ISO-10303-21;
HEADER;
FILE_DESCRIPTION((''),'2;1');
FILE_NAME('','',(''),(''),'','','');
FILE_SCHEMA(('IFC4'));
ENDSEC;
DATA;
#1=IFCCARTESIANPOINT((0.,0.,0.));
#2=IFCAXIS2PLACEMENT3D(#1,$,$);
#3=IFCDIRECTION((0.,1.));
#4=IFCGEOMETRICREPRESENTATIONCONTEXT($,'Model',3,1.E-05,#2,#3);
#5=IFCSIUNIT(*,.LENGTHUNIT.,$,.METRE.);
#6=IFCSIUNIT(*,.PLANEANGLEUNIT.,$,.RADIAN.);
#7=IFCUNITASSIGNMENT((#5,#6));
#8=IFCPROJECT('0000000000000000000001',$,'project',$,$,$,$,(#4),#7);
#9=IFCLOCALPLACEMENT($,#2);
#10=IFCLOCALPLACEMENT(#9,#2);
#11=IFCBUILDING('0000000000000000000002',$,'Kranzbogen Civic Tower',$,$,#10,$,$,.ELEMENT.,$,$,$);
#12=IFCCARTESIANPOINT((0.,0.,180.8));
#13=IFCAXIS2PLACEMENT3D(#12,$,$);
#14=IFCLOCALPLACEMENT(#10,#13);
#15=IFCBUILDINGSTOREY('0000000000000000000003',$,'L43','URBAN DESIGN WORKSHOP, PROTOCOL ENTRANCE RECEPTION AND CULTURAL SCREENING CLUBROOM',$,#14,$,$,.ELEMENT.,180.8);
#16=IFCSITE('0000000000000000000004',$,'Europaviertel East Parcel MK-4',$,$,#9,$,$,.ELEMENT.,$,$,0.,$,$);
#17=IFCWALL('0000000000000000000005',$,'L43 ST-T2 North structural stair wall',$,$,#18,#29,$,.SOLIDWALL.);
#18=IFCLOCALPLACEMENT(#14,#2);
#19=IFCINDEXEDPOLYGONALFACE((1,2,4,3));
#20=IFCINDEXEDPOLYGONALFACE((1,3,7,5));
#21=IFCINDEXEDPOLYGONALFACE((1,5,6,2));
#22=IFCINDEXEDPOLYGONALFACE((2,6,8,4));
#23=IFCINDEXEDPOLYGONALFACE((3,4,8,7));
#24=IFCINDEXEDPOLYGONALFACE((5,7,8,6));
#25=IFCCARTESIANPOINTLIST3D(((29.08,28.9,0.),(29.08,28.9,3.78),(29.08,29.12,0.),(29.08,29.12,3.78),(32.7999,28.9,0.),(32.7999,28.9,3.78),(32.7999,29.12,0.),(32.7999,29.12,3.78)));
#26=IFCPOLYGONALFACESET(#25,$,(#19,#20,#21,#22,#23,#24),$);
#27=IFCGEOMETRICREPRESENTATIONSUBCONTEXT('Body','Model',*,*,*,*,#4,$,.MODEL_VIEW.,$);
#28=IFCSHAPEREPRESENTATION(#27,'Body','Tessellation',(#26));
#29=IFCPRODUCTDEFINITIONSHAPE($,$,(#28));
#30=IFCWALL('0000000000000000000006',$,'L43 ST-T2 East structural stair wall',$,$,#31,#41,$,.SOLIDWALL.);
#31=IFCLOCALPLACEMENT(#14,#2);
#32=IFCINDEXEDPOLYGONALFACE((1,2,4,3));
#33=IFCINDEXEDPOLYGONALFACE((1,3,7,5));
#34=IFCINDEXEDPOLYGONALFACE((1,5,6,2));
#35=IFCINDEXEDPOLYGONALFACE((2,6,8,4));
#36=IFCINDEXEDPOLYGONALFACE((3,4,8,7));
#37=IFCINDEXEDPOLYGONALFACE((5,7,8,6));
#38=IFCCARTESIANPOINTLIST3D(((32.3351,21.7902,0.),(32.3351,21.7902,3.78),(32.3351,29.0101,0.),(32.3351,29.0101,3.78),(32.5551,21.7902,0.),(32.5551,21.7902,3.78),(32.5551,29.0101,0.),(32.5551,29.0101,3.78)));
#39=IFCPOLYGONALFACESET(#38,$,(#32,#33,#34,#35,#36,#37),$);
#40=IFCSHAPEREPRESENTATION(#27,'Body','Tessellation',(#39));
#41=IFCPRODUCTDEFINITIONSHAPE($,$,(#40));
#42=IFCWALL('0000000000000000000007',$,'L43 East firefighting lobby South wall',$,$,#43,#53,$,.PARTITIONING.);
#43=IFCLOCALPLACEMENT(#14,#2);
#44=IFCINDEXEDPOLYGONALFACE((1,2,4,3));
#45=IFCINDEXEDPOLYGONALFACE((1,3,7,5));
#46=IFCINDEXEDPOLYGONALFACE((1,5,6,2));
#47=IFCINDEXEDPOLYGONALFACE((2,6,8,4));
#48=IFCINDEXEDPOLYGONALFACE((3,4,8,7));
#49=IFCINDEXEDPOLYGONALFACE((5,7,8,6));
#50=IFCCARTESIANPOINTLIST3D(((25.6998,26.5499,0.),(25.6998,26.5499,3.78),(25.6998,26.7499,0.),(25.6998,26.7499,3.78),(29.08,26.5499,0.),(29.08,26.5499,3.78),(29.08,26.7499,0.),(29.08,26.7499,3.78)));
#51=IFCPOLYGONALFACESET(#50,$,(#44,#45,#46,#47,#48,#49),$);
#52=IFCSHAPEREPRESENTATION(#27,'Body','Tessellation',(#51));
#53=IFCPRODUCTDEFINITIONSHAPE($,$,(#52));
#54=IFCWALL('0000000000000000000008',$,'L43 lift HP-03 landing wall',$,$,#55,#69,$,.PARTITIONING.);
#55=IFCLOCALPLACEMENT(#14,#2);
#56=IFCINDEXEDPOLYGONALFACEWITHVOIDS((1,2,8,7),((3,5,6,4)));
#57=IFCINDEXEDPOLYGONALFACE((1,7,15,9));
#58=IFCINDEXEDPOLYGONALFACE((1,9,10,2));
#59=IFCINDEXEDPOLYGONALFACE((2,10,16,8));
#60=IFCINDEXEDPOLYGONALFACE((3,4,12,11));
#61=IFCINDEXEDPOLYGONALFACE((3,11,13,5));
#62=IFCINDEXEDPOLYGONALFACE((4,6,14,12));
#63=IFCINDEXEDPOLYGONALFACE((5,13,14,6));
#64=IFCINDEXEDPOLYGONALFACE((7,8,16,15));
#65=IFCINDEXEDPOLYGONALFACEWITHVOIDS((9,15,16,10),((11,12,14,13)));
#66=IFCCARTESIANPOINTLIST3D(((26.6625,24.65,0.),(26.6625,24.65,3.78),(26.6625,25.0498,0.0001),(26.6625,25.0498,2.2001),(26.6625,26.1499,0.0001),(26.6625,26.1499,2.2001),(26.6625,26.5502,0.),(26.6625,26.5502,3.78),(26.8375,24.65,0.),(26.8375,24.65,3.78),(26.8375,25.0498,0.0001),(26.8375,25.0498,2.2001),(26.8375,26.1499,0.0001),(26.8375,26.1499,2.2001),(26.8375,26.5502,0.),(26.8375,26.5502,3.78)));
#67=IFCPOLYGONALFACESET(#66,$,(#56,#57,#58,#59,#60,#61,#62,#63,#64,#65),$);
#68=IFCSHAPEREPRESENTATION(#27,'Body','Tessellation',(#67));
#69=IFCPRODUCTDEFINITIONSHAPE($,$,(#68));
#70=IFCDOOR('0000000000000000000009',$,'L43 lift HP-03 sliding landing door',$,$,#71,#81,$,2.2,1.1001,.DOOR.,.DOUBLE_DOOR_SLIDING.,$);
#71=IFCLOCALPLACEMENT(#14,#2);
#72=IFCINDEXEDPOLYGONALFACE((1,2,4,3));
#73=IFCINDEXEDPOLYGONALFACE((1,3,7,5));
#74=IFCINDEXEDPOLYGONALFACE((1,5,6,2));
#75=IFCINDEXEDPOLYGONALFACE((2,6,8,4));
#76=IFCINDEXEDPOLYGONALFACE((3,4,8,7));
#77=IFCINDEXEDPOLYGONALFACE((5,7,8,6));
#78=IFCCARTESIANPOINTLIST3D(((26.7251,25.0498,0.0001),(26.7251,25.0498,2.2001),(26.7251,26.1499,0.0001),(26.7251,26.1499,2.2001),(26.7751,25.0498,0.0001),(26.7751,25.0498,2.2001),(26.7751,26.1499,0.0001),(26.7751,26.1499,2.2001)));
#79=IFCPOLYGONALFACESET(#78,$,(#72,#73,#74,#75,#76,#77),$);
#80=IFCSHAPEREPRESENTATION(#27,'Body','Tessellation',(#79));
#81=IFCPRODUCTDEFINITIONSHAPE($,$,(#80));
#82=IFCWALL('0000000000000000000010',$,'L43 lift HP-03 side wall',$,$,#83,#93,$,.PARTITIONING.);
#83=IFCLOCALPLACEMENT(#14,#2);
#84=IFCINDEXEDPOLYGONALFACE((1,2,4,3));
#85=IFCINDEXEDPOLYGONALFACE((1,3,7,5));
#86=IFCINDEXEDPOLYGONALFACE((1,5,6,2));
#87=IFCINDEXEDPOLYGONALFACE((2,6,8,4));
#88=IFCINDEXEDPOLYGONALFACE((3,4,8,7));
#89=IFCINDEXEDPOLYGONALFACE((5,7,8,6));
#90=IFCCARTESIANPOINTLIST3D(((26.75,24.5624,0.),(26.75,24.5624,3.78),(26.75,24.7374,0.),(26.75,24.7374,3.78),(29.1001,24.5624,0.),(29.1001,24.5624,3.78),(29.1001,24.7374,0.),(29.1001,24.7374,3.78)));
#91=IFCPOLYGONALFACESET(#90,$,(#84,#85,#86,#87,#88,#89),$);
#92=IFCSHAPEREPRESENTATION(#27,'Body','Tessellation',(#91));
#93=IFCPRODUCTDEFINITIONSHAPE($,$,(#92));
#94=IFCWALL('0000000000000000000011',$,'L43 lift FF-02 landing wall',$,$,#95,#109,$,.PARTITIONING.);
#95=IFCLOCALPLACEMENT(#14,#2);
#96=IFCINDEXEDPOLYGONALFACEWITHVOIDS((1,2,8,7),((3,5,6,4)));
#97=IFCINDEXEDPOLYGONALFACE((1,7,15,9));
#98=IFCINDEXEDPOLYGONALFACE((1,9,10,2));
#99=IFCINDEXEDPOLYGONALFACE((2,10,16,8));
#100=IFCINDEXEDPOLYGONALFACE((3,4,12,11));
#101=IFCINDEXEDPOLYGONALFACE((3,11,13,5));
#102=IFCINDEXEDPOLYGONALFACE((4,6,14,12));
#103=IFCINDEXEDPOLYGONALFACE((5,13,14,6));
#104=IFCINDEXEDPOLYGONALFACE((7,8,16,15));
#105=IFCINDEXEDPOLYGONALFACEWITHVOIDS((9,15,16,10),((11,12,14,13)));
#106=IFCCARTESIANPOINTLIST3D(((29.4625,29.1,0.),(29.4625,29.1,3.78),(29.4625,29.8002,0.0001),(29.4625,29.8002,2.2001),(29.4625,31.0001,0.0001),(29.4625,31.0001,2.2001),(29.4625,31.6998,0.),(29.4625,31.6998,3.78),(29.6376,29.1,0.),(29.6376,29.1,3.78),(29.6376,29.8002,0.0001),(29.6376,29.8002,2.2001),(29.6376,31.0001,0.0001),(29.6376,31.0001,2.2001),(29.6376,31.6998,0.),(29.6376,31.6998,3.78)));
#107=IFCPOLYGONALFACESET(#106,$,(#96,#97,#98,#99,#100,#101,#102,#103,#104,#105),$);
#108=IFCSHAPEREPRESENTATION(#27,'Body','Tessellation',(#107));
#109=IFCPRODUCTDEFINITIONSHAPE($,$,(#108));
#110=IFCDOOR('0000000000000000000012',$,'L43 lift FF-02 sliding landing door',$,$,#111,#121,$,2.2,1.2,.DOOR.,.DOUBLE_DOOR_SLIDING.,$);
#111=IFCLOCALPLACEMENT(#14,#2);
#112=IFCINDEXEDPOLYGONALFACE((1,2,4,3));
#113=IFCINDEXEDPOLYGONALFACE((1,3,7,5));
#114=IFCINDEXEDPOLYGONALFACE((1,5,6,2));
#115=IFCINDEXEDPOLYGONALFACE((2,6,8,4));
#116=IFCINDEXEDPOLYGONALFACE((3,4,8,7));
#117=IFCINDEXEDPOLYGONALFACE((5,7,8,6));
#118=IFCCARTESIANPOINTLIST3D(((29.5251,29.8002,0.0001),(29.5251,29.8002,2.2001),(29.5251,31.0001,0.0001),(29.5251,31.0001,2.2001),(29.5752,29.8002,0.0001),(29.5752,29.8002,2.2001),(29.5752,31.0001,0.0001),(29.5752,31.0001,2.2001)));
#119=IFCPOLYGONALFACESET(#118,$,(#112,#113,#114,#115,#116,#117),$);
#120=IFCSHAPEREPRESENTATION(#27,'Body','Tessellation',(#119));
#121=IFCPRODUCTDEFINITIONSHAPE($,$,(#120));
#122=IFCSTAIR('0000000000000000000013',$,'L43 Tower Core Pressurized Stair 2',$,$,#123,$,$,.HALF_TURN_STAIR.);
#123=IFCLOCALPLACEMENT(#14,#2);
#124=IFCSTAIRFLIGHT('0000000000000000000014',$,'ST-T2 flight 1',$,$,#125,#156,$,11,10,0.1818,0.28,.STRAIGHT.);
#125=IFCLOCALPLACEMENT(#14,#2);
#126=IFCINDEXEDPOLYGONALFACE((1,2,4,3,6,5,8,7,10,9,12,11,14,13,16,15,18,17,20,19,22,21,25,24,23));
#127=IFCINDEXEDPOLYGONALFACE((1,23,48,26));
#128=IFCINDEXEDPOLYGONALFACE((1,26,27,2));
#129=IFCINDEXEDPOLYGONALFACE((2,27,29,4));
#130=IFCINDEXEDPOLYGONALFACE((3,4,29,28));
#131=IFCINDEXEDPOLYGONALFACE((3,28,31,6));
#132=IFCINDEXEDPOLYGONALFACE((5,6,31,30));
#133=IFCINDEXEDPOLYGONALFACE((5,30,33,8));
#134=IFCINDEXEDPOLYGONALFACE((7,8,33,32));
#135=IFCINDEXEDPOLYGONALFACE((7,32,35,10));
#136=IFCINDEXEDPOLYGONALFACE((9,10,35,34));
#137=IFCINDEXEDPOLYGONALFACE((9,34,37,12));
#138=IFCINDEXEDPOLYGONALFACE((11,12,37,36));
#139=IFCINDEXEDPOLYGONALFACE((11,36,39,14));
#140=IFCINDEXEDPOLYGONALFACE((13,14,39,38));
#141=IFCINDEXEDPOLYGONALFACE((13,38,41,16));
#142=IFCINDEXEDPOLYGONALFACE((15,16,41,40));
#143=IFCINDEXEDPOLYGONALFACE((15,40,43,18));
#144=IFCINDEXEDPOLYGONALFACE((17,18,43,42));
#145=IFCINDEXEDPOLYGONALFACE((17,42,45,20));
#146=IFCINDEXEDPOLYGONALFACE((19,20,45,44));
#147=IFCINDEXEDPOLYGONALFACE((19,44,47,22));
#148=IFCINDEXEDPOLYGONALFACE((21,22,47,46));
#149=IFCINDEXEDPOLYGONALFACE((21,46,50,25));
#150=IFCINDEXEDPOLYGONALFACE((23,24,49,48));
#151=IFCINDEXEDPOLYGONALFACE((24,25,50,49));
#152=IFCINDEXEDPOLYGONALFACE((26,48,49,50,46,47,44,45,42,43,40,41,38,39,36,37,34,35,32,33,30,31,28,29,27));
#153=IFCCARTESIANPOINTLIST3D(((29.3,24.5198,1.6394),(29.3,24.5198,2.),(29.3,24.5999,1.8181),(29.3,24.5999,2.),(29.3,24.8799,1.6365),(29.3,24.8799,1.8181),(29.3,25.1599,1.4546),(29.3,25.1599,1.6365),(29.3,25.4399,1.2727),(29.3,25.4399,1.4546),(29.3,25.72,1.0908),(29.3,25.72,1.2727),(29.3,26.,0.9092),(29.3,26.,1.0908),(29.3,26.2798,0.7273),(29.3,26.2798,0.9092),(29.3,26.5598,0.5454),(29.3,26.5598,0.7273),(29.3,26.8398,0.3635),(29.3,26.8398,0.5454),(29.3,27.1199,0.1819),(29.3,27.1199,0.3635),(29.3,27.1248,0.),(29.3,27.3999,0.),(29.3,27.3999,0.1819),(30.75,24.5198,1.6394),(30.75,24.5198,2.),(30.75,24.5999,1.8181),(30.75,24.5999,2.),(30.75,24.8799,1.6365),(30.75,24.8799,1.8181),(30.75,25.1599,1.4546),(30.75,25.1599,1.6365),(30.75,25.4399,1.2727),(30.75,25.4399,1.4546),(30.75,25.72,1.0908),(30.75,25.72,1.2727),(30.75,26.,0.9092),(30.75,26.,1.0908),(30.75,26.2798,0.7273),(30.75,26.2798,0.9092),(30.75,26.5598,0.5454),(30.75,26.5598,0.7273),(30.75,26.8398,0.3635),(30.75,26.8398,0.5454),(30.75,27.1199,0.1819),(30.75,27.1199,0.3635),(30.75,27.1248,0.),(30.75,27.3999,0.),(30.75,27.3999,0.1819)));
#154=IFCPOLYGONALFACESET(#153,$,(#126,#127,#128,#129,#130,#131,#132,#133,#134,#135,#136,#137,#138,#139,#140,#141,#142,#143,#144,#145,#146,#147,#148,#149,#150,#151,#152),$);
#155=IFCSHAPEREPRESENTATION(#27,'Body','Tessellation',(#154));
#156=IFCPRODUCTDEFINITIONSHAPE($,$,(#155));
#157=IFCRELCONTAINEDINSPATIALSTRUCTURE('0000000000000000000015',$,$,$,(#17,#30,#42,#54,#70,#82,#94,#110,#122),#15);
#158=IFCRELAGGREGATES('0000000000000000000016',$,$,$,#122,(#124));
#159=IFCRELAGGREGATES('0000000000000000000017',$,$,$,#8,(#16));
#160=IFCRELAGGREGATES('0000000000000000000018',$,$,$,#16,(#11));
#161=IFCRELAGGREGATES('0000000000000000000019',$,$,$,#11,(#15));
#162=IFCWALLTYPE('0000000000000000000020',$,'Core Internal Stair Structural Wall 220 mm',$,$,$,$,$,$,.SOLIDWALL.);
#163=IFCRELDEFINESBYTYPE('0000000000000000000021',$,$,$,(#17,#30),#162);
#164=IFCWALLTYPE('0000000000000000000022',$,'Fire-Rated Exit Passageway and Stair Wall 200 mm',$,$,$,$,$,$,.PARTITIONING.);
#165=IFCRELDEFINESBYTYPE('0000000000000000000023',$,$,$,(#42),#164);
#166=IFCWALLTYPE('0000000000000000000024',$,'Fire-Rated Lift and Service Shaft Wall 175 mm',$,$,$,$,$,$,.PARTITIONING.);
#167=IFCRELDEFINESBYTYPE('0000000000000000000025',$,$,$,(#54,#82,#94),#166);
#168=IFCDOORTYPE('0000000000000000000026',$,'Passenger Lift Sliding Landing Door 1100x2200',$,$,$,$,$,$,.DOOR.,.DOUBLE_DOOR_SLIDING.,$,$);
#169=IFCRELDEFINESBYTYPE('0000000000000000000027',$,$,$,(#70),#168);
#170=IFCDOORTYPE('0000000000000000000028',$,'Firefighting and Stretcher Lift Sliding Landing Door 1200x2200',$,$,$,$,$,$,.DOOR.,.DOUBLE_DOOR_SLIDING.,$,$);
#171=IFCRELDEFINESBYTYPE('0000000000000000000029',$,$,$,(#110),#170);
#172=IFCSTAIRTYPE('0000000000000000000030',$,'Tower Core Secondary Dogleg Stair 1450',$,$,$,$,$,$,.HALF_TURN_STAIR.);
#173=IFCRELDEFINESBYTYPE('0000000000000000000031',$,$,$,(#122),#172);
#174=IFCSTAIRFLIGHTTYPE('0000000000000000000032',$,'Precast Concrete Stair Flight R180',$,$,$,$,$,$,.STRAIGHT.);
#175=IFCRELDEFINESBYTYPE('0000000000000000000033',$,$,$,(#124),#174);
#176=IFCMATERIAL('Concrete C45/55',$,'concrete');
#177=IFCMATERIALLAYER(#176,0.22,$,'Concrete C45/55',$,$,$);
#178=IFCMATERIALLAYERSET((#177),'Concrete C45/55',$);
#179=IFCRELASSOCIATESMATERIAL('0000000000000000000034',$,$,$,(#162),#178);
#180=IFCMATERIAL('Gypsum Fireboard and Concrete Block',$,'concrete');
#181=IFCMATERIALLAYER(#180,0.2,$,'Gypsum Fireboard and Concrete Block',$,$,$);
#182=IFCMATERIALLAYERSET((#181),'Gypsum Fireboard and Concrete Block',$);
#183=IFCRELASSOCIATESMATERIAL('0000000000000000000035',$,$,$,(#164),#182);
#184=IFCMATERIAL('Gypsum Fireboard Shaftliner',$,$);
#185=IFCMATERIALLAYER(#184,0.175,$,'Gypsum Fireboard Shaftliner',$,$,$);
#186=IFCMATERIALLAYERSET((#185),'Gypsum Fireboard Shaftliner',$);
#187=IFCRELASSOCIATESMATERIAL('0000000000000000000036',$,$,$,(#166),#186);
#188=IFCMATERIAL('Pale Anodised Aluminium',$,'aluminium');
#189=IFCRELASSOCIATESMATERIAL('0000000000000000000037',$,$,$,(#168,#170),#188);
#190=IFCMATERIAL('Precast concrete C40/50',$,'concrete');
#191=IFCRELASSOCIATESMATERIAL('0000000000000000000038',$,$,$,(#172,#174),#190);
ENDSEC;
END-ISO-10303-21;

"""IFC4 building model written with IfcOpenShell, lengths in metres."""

from ifc_helpers import new_model, si_unit, direction, frame, frame_2d, origin, place, context, subcontext, project, spatial, polyline, rectangle, outline, extrude, material, layer, layer_set, type_object, element, fill, aggregate, save


model = new_model("IFC4")

# Units and contexts
model_context = context("Model", 3, precision=1e-05, world=origin(), true_north=direction((0.0, 1.0)))
body_context = subcontext(model_context, "Body", "Model", "MODEL_VIEW")
ifc_project = project(units=[si_unit("LENGTHUNIT", "METRE"), si_unit("PLANEANGLEUNIT", "RADIAN")], contexts=[model_context])

# Site, building, storey
site_placement = place(None, origin())
site = spatial("IfcSite", under=ifc_project, at=site_placement, Name="Europaviertel East Parcel MK-4", CompositionType="ELEMENT", RefElevation=0.0)
building_placement = place(site_placement, origin())
building = spatial("IfcBuilding", under=site, at=building_placement, Name="Kranzbogen Civic Tower", CompositionType="ELEMENT")
storey_placement = place(building_placement, frame((0.0, 0.0, 180.8)))
storey = spatial("IfcBuildingStorey", under=building, at=storey_placement, Name="L43", Description="URBAN DESIGN WORKSHOP, PROTOCOL ENTRANCE RECEPTION AND CULTURAL SCREENING CLUBROOM", CompositionType="ELEMENT", Elevation=180.8)

# Shared definitions
ifc_material_1 = material(Name="Pale Anodised Aluminium", Category="aluminium")

# Shared definitions
ifc_material_2 = material(Name="Concrete C45/55", Category="concrete")

# Walls
ifc_layer_1 = layer(ifc_material_2, 0.22, Name="Concrete C45/55")
ifc_layer_set_1 = layer_set([ifc_layer_1], Name="Concrete C45/55")
wall_type_1 = type_object("IfcWallType", Name="Core Internal Stair Structural Wall 220 mm", PredefinedType="SOLIDWALL", material=ifc_layer_set_1)
wall_1_placement = place(storey_placement, frame((29.0801, 29.01, 0.0), z_axis=(0.0, 0.0, 1.0), x_axis=(1.0, 0.0, 0.0)))
element("IfcWall", 1, at=wall_1_placement, inside=storey, type_object=wall_type_1, Name="L43 ST-T2 North structural stair wall", PredefinedType="SOLIDWALL", context=body_context, shape_type="SweptSolid", body=[
    extrude(rectangle(XDim=3.72, YDim=0.22, at=frame_2d((1.8599, 0.0))), origin(), (0.0, 0.0, 1.0), 3.78),
])
wall_2_placement = place(storey_placement, frame((32.4451, 29.01, 0.0), z_axis=(0.0, 0.0, 1.0), x_axis=(0.0, -1.0, 0.0)))
element("IfcWall", 2, at=wall_2_placement, inside=storey, type_object=wall_type_1, Name="L43 ST-T2 East structural stair wall", PredefinedType="SOLIDWALL", context=body_context, shape_type="SweptSolid", body=[
    extrude(rectangle(XDim=7.22, YDim=0.22, at=frame_2d((3.6099, 0.0))), origin(), (0.0, 0.0, 1.0), 3.78),
])
ifc_material_3 = material(Name="Gypsum Fireboard and Concrete Block", Category="concrete")
ifc_layer_2 = layer(ifc_material_3, 0.2, Name="Gypsum Fireboard and Concrete Block")
ifc_layer_set_2 = layer_set([ifc_layer_2], Name="Gypsum Fireboard and Concrete Block")
wall_type_2 = type_object("IfcWallType", Name="Fire-Rated Exit Passageway and Stair Wall 200 mm", PredefinedType="PARTITIONING", material=ifc_layer_set_2)
wall_3_placement = place(storey_placement, frame((25.7, 26.6499, 0.0), z_axis=(0.0, 0.0, 1.0), x_axis=(1.0, 0.0, 0.0)))
element("IfcWall", 3, at=wall_3_placement, inside=storey, type_object=wall_type_2, Name="L43 East firefighting lobby South wall", PredefinedType="PARTITIONING", context=body_context, shape_type="SweptSolid", body=[
    extrude(rectangle(XDim=3.3801, YDim=0.2, at=frame_2d((1.6899, 0.0))), origin(), (0.0, 0.0, 1.0), 3.78),
])

# Wall, opening, door
ifc_material_4 = material(Name="Gypsum Fireboard Shaftliner")
ifc_layer_3 = layer(ifc_material_4, 0.175, Name="Gypsum Fireboard Shaftliner")
ifc_layer_set_3 = layer_set([ifc_layer_3], Name="Gypsum Fireboard Shaftliner")
wall_type_3 = type_object("IfcWallType", Name="Fire-Rated Lift and Service Shaft Wall 175 mm", PredefinedType="PARTITIONING", material=ifc_layer_set_3)
wall_4_placement = place(storey_placement, frame((26.75, 24.6499, 0.0), z_axis=(0.0, 0.0, 1.0), x_axis=(0.0, 1.0, 0.0)))
wall_4 = element("IfcWall", 4, at=wall_4_placement, inside=storey, type_object=wall_type_3, Name="L43 lift HP-03 landing wall", PredefinedType="PARTITIONING", context=body_context, shape_type="SweptSolid", body=[
    extrude(rectangle(XDim=1.9001, YDim=0.175, at=frame_2d((0.9502, 0.0))), origin(), (0.0, 0.0, 1.0), 3.78),
])
opening_1_placement = place(wall_4_placement, frame((0.3999, 0.0, 0.0)))
opening_1 = element("IfcOpeningElement", 5, at=opening_1_placement, cuts=wall_4, PredefinedType="OPENING", context=body_context, shape_type="SweptSolid", body=[
    extrude(rectangle(XDim=1.1001, YDim=2.2, at=frame_2d((0.55, 1.1001))), frame((0.0, 0.0977, 0.0), z_axis=(0.0, -1.0, 0.0), x_axis=(1.0, 0.0, 0.0)), (0.0, 0.0, 1.0), 0.1951),
])
door_type_1 = type_object("IfcDoorType", Name="Passenger Lift Sliding Landing Door 1100x2200", OperationType="DOUBLE_DOOR_SLIDING", PredefinedType="DOOR", material=ifc_material_1)
door_1_placement = place(opening_1_placement, origin())
door_1 = element("IfcDoor", 6, at=door_1_placement, inside=storey, type_object=door_type_1, Name="L43 lift HP-03 sliding landing door", OperationType="DOUBLE_DOOR_SLIDING", OverallHeight=2.2, OverallWidth=1.1001, PredefinedType="DOOR", context=body_context, shape_type="SweptSolid", body=[
    extrude(rectangle(XDim=1.1001, YDim=2.2, at=frame_2d((0.55, 1.1001))), frame((0.0, 0.0249, 0.0), z_axis=(0.0, -1.0, 0.0), x_axis=(1.0, 0.0, 0.0)), (0.0, 0.0, 1.0), 0.05),
])
fill(opening_1, door_1)

# Wall
wall_5_placement = place(storey_placement, frame((26.75, 24.6499, 0.0), z_axis=(0.0, 0.0, 1.0), x_axis=(1.0, 0.0, 0.0)))
element("IfcWall", 7, at=wall_5_placement, inside=storey, type_object=wall_type_3, Name="L43 lift HP-03 side wall", PredefinedType="PARTITIONING", context=body_context, shape_type="SweptSolid", body=[
    extrude(rectangle(XDim=2.3501, YDim=0.175, at=frame_2d((1.175, 0.0))), origin(), (0.0, 0.0, 1.0), 3.78),
])

# Wall, opening, door
wall_6_placement = place(storey_placement, frame((29.55, 29.1001, 0.0), z_axis=(0.0, 0.0, 1.0), x_axis=(0.0, 1.0, 0.0)))
wall_6 = element("IfcWall", 8, at=wall_6_placement, inside=storey, type_object=wall_type_3, Name="L43 lift FF-02 landing wall", PredefinedType="PARTITIONING", context=body_context, shape_type="SweptSolid", body=[
    extrude(rectangle(XDim=2.5999, YDim=0.175, at=frame_2d((1.2998, 0.0))), origin(), (0.0, 0.0, 1.0), 3.78),
])
opening_2_placement = place(wall_6_placement, frame((0.7, 0.0, 0.0)))
opening_2 = element("IfcOpeningElement", 9, at=opening_2_placement, cuts=wall_6, PredefinedType="OPENING", context=body_context, shape_type="SweptSolid", body=[
    extrude(rectangle(XDim=1.2, YDim=2.2, at=frame_2d((0.6001, 1.1001))), frame((0.0, 0.0977, 0.0), z_axis=(0.0, -1.0, 0.0), x_axis=(1.0, 0.0, 0.0)), (0.0, 0.0, 1.0), 0.1951),
])
door_type_2 = type_object("IfcDoorType", Name="Firefighting and Stretcher Lift Sliding Landing Door 1200x2200", OperationType="DOUBLE_DOOR_SLIDING", PredefinedType="DOOR", material=ifc_material_1)
door_2_placement = place(opening_2_placement, origin())
door_2 = element("IfcDoor", 10, at=door_2_placement, inside=storey, type_object=door_type_2, Name="L43 lift FF-02 sliding landing door", OperationType="DOUBLE_DOOR_SLIDING", OverallHeight=2.2, OverallWidth=1.2, PredefinedType="DOOR", context=body_context, shape_type="SweptSolid", body=[
    extrude(rectangle(XDim=1.2, YDim=2.2, at=frame_2d((0.6001, 1.1001))), frame((0.0, 0.0249, 0.0), z_axis=(0.0, -1.0, 0.0), x_axis=(1.0, 0.0, 0.0)), (0.0, 0.0, 1.0), 0.05),
])
fill(opening_2, door_2)

# Stair, stair flight
ifc_material_5 = material(Name="Precast concrete C40/50", Category="concrete")
stair_type = type_object("IfcStairType", Name="Tower Core Secondary Dogleg Stair 1450", PredefinedType="HALF_TURN_STAIR", material=ifc_material_5)
stair_placement = place(storey_placement, origin())
stair = element("IfcStair", 11, at=stair_placement, inside=storey, type_object=stair_type, Name="L43 Tower Core Pressurized Stair 2", PredefinedType="HALF_TURN_STAIR")
stair_flight_type = type_object("IfcStairFlightType", Name="Precast Concrete Stair Flight R180", PredefinedType="STRAIGHT", material=ifc_material_5)
stair_flight_1_placement = place(storey_placement, frame((30.0249, 27.3999, 0.0), z_axis=(0.0, 0.0, 1.0), x_axis=(0.0, -1.0, 0.0)))
stair_flight_1 = element("IfcStairFlight", 12, at=stair_flight_1_placement, type_object=stair_flight_type, Name="ST-T2 flight 1", NumberOfRisers=11, NumberOfTreads=10, PredefinedType="STRAIGHT", RiserHeight=0.1818, TreadLength=0.28, context=body_context, shape_type="SweptSolid", body=[
    extrude(outline(polyline([(0.0, 0.0), (0.0, 0.1819), (0.28, 0.1819), (0.28, 0.3635), (0.5601, 0.3635), (0.5601, 0.5454), (0.8401, 0.5454), (0.8401, 0.7273), (1.1201, 0.7273), (1.1201, 0.9092), (1.3999, 0.9092), (1.3999, 1.0908), (1.6799, 1.0908), (1.6799, 1.2727), (1.96, 1.2727), (1.96, 1.4546), (2.24, 1.4546), (2.24, 1.6365), (2.52, 1.6365), (2.52, 1.8181), (2.8, 1.8181), (2.8, 2.0), (2.8801, 2.0), (2.8801, 1.6394), (0.2751, 0.0), (0.0, 0.0)])), frame((0.0, 0.7251, 0.0), z_axis=(0.0, -1.0, 0.0), x_axis=(1.0, 0.0, 0.0)), (0.0, 0.0, 1.0), 1.45),
])
aggregate(stair, [stair_flight_1])

save(model, "model.ifc")
